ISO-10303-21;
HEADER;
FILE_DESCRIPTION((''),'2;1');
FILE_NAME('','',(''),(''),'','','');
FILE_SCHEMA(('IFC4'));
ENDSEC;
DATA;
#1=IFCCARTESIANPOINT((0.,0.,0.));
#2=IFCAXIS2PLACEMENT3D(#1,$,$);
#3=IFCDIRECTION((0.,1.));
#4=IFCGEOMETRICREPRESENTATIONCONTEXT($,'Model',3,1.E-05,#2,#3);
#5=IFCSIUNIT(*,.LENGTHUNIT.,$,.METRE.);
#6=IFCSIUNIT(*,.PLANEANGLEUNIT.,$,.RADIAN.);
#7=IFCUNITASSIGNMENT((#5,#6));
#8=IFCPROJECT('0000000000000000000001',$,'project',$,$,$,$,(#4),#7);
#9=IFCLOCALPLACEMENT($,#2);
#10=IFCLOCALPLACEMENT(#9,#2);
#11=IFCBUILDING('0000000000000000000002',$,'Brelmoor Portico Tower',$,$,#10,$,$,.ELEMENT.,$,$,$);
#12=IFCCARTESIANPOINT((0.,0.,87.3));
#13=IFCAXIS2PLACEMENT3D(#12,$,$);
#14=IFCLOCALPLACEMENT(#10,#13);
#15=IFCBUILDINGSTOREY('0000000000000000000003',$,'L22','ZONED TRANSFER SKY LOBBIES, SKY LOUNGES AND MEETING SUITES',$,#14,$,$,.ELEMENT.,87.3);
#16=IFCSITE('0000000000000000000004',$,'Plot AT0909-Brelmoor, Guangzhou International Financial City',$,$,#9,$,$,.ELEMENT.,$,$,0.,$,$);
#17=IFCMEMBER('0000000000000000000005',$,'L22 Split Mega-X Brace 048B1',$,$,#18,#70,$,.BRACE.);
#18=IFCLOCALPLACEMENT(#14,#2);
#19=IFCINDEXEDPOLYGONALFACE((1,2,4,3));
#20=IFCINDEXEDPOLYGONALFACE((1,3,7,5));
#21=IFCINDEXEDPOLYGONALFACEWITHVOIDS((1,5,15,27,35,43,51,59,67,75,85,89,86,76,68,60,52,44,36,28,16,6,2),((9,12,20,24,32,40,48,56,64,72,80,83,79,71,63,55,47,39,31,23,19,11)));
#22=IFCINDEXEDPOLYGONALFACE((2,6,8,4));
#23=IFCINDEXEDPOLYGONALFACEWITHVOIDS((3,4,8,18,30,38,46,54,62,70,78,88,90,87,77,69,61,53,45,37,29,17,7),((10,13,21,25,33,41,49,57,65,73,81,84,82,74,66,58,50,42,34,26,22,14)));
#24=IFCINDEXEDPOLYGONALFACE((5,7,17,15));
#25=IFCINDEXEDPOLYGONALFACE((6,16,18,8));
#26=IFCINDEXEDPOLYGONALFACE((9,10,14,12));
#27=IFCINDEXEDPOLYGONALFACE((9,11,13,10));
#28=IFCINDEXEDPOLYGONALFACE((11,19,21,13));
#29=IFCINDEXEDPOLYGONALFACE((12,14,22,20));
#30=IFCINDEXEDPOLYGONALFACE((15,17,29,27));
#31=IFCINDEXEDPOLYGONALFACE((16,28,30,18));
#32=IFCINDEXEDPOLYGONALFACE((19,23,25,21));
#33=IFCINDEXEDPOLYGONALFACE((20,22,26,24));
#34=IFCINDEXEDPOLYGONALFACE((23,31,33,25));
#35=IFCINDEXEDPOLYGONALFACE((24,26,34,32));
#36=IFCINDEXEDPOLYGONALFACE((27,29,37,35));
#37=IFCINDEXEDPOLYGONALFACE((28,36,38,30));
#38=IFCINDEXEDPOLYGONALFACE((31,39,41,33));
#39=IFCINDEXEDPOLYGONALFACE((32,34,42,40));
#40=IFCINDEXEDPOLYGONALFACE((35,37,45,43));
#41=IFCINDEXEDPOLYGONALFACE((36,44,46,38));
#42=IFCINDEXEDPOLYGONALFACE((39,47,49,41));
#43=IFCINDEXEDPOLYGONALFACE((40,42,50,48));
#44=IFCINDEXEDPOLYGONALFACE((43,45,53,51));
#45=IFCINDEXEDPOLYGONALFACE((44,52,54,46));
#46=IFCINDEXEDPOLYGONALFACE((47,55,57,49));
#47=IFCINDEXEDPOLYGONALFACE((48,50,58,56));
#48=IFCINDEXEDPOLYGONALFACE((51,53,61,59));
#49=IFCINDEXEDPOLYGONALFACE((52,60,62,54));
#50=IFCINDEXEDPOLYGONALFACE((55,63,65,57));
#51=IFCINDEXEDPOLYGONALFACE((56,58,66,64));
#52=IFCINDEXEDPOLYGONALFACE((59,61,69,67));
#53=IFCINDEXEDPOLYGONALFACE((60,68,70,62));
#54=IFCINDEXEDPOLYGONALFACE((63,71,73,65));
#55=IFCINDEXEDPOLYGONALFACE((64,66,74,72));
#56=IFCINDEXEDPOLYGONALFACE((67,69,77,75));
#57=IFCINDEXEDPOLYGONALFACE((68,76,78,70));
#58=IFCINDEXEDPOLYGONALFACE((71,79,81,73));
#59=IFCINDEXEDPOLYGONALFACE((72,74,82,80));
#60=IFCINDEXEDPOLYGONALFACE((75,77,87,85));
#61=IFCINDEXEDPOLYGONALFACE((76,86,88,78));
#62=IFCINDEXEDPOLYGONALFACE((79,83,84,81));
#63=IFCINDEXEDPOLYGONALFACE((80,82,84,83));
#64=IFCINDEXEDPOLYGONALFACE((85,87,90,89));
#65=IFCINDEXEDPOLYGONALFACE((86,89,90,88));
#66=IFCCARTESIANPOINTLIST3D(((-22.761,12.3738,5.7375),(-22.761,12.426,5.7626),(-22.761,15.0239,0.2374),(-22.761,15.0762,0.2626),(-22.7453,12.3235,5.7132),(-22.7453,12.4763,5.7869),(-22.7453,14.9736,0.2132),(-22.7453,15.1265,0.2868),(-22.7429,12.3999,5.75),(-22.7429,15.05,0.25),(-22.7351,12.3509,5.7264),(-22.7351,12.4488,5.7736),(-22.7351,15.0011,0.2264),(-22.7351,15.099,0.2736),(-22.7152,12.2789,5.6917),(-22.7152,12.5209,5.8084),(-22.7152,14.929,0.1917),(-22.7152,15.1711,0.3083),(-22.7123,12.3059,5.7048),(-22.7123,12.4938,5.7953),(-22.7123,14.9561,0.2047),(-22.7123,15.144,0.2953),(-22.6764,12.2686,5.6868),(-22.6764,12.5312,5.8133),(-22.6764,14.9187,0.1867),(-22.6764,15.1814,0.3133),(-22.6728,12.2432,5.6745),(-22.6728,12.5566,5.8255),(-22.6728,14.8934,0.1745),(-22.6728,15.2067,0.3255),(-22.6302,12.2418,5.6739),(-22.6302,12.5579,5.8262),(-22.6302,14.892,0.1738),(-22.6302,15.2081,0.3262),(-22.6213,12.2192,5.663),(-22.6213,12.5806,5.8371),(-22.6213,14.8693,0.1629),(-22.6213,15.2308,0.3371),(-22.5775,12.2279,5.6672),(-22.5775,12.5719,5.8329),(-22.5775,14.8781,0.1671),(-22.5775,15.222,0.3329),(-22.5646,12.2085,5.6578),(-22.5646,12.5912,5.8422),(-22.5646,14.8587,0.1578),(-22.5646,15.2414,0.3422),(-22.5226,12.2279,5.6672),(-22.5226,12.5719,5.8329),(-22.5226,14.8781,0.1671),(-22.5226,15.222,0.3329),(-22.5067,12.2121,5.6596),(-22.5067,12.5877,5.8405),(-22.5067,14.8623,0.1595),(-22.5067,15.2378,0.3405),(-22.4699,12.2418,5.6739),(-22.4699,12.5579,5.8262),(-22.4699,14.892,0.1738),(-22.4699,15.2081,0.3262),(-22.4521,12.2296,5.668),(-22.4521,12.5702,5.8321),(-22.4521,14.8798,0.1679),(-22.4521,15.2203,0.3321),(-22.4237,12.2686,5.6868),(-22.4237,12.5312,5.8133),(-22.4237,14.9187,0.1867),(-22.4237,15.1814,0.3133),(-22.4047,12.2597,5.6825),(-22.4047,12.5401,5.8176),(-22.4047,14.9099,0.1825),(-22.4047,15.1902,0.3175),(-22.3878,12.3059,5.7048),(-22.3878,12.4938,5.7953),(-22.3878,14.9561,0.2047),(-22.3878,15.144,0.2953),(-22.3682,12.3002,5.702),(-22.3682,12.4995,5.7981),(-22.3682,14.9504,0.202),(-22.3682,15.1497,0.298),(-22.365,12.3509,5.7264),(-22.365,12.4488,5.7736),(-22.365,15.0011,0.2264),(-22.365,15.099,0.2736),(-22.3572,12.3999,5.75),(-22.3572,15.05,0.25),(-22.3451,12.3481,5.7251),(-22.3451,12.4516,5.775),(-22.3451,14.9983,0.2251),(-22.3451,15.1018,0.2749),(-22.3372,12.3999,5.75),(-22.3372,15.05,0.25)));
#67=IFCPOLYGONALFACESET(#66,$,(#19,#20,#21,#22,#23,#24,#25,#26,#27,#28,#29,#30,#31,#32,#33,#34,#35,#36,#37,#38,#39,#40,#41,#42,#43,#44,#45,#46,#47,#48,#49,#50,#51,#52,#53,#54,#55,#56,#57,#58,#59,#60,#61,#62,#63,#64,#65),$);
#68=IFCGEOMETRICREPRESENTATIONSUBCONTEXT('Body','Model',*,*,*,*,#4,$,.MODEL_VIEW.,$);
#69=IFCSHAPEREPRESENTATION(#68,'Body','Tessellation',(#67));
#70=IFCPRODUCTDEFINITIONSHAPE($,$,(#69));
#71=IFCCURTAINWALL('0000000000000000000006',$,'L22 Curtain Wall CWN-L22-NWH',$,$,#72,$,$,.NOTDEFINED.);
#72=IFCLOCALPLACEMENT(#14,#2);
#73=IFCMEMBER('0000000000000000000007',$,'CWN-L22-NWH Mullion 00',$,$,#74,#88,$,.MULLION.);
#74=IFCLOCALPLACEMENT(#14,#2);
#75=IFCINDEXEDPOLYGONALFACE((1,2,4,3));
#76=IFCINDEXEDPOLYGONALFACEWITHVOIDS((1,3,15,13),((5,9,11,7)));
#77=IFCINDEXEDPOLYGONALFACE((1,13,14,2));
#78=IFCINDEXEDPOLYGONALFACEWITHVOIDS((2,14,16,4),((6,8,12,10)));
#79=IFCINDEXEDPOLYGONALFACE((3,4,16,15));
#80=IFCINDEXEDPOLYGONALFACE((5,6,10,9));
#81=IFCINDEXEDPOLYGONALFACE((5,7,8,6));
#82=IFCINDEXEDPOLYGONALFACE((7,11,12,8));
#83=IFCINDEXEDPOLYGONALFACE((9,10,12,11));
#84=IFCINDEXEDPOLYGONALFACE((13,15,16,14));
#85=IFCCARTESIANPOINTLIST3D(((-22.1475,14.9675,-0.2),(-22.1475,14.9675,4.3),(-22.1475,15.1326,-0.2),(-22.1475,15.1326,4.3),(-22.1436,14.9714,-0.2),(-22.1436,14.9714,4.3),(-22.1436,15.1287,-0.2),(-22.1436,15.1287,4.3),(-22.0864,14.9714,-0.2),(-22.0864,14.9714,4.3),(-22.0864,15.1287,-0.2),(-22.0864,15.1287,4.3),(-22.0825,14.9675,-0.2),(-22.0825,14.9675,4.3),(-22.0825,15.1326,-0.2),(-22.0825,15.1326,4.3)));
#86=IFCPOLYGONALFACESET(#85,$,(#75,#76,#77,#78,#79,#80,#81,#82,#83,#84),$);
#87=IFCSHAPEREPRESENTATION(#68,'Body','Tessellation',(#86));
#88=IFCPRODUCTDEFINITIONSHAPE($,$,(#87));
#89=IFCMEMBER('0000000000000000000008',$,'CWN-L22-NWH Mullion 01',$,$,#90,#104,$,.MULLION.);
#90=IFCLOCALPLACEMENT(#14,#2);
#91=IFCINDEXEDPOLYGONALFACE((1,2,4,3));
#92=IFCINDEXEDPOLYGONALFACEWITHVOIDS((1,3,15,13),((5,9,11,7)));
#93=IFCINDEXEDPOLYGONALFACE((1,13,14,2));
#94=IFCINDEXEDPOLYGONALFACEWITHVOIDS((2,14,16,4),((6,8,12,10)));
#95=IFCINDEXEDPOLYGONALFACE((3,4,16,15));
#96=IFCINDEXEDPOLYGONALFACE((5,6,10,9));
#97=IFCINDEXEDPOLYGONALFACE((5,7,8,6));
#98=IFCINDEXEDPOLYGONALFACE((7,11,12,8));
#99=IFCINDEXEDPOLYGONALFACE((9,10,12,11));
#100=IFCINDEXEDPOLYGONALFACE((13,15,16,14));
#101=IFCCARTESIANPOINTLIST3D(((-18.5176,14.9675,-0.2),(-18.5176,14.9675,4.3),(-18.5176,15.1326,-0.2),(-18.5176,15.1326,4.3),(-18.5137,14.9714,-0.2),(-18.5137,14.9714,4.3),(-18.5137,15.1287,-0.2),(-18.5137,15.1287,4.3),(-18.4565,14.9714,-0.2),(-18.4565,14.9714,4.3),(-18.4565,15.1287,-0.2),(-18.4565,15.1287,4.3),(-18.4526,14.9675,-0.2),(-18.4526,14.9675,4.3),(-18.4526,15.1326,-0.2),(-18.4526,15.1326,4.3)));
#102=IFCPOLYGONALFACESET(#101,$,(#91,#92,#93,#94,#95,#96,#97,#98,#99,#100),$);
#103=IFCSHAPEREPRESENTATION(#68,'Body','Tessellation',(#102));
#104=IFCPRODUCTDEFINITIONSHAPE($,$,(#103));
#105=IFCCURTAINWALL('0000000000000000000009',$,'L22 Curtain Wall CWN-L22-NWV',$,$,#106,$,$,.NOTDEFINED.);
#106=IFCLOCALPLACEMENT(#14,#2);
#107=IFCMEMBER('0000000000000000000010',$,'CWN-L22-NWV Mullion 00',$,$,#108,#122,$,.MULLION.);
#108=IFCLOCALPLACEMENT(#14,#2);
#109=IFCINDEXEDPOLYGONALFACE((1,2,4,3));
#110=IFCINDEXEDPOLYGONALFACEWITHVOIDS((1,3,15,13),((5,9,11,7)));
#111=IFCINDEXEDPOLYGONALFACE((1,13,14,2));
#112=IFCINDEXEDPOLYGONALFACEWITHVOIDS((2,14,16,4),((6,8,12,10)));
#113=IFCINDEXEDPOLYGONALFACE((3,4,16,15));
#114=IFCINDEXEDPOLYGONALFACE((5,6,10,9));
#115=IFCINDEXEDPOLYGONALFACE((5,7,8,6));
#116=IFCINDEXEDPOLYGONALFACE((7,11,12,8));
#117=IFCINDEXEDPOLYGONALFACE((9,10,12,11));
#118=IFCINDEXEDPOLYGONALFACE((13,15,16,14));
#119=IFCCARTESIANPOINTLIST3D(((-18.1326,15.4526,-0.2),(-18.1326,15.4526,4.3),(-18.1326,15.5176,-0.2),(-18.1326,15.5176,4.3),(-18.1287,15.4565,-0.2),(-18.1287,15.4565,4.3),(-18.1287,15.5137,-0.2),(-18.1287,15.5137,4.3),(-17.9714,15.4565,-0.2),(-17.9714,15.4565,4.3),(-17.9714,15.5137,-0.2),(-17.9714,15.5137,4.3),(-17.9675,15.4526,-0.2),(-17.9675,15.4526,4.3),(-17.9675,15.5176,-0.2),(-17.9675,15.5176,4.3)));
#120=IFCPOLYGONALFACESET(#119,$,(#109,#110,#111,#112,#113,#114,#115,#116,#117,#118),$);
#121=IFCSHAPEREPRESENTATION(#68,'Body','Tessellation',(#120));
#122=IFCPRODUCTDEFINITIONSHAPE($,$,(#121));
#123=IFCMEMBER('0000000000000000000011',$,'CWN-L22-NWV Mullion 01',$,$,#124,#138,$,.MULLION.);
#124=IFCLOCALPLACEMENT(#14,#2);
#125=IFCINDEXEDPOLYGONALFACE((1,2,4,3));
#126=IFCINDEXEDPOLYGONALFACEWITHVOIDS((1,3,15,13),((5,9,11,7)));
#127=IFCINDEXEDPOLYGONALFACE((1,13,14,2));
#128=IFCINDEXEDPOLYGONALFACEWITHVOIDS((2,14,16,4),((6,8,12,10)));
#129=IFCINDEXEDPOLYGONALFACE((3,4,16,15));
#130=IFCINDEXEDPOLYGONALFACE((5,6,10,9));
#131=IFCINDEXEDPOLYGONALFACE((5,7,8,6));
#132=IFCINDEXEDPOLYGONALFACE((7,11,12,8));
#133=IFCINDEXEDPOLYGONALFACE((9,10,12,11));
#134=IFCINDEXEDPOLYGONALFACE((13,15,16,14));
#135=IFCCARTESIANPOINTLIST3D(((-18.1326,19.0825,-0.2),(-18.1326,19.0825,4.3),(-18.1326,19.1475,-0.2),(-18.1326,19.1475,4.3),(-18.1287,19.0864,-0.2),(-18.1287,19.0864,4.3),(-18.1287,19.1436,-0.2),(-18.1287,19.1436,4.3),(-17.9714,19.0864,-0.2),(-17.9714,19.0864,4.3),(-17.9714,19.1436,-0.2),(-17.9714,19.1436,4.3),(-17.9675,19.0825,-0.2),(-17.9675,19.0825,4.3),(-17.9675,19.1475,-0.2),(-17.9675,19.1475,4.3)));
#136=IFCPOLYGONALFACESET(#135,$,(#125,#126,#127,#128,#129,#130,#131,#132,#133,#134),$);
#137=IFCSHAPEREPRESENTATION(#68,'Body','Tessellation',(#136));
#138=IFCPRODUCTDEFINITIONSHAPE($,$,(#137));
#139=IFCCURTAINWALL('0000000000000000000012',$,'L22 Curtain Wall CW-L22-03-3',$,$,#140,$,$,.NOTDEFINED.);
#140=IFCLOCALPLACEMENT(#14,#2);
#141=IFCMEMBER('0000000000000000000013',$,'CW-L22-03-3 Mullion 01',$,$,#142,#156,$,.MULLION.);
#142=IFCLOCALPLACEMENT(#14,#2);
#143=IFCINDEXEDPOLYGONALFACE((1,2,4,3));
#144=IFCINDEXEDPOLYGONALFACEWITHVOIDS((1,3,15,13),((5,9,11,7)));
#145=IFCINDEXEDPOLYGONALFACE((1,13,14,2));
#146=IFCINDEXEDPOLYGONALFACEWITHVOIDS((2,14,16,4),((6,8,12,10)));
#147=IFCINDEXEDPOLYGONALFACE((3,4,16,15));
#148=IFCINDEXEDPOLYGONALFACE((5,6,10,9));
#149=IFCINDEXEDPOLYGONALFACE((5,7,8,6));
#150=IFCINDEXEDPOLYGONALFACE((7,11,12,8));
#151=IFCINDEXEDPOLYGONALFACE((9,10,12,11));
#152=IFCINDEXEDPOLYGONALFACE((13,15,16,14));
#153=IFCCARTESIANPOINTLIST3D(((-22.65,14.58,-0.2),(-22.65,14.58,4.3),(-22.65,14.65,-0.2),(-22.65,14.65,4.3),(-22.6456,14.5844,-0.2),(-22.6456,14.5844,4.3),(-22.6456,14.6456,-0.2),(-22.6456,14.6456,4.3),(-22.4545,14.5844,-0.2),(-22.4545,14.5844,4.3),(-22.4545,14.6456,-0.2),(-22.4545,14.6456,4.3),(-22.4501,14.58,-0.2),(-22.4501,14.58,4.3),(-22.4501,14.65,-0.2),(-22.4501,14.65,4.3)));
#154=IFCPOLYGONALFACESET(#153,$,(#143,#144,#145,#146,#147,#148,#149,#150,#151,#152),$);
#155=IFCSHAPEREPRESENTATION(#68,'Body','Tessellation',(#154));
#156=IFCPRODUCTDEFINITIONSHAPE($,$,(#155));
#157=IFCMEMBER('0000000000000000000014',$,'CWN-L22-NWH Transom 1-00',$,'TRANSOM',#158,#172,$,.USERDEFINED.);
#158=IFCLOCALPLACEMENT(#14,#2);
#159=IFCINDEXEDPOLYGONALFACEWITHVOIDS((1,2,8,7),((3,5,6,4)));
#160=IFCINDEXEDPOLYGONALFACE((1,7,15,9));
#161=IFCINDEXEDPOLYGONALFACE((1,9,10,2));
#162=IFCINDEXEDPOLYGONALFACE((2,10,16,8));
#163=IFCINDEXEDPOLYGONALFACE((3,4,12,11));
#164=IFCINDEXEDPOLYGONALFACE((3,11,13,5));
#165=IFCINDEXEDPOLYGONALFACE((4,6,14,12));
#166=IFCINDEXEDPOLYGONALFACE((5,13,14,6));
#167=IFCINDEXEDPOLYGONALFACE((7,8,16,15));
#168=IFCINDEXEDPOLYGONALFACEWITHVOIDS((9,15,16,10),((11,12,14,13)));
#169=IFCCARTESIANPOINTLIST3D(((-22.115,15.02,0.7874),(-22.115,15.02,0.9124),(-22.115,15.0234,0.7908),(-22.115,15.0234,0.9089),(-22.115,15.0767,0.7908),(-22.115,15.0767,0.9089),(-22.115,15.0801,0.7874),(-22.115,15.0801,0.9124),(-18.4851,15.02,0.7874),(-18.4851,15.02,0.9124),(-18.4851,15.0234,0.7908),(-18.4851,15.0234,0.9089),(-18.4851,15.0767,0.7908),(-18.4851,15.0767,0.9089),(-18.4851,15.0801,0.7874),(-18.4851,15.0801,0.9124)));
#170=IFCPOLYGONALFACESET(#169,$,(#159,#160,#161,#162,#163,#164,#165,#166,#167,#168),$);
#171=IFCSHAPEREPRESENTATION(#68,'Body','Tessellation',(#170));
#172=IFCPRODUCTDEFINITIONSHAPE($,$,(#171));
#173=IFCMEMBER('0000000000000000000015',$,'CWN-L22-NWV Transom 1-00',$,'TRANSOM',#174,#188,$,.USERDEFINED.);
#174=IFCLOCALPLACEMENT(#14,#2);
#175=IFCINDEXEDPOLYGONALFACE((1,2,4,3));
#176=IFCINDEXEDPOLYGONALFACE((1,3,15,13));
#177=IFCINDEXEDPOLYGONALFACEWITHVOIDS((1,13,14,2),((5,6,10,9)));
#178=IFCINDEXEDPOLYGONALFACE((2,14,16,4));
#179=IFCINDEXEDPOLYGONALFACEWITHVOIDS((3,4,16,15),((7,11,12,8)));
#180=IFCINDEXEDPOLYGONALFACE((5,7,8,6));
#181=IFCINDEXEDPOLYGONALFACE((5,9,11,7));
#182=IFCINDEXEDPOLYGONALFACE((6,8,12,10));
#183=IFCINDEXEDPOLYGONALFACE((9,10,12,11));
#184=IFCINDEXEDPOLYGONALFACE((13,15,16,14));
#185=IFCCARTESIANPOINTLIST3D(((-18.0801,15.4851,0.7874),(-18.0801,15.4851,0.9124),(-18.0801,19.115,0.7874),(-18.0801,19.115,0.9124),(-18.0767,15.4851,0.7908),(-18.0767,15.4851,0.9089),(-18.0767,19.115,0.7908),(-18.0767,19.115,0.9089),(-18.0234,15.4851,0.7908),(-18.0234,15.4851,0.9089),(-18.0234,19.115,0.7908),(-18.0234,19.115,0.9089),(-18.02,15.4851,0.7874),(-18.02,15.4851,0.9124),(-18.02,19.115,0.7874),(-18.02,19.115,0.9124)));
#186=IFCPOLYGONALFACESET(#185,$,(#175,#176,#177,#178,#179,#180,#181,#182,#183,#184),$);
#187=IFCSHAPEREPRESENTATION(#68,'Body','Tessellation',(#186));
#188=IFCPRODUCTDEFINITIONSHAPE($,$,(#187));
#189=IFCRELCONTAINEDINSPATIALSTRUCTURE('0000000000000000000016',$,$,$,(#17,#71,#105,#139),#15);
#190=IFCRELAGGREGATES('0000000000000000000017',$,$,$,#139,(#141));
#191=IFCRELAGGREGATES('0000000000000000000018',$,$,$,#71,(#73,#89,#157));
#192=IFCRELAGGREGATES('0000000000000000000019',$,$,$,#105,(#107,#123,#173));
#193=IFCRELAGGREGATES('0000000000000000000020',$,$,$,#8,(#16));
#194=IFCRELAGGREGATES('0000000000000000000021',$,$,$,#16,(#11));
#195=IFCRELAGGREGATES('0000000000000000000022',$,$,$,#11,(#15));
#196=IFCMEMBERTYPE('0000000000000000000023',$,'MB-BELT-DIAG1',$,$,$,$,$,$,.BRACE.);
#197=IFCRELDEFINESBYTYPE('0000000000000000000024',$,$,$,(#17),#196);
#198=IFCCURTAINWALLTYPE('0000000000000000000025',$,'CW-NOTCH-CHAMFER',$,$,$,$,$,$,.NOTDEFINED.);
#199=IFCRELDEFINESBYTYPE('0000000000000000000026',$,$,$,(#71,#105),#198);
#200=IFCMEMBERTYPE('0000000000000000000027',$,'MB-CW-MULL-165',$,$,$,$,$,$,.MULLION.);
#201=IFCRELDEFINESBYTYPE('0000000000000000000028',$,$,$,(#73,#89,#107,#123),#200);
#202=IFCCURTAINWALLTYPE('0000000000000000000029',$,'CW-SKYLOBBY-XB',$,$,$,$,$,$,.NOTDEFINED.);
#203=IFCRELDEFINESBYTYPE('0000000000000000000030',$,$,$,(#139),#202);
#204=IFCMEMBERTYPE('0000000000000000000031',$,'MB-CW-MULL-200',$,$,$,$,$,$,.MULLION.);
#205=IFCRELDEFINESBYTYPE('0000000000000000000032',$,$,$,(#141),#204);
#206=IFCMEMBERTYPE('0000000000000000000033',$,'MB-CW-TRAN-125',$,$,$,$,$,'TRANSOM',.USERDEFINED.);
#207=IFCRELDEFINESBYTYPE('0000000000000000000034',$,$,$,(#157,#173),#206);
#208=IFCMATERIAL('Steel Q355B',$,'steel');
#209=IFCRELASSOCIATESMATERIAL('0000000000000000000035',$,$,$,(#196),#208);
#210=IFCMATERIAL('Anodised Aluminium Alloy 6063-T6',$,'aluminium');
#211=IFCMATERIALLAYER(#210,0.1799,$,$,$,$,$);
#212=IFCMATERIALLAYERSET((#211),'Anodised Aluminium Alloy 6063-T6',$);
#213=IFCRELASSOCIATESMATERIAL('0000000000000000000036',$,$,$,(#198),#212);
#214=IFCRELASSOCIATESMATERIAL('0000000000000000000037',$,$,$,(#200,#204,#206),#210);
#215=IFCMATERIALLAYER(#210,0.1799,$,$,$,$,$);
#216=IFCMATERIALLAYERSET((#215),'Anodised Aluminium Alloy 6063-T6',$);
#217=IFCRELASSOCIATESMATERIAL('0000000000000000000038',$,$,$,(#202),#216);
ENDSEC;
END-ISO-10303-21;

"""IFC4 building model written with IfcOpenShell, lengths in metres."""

from ifc_helpers import new_model, si_unit, direction, frame, origin, origin_2d, place, context, subcontext, project, spatial, hollow_rectangle, hollow_circle, extrude, material, layer, layer_set, material_profile, profile_set, type_object, element, aggregate, save


model = new_model("IFC4")

# Units and contexts
model_context = context("Model", 3, precision=1e-05, world=origin(), true_north=direction((0.0, 1.0)))
body_context = subcontext(model_context, "Body", "Model", "MODEL_VIEW")
ifc_project = project(units=[si_unit("LENGTHUNIT", "METRE"), si_unit("PLANEANGLEUNIT", "RADIAN")], contexts=[model_context])

# Site, building, storey
site_placement = place(None, origin())
site = spatial("IfcSite", under=ifc_project, at=site_placement, Name="Plot AT0909-Brelmoor, Guangzhou International Financial City", CompositionType="ELEMENT", RefElevation=0.0)
building_placement = place(site_placement, origin())
building = spatial("IfcBuilding", under=site, at=building_placement, Name="Brelmoor Portico Tower", CompositionType="ELEMENT")
storey_placement = place(building_placement, frame((0.0, 0.0, 87.3)))
storey = spatial("IfcBuildingStorey", under=building, at=storey_placement, Name="L22", Description="ZONED TRANSFER SKY LOBBIES, SKY LOUNGES AND MEETING SUITES", CompositionType="ELEMENT", Elevation=87.3)

# Shared definitions
ifc_material_1 = material(Name="Steel Q355B", Category="steel")

# Member
ifc_material_profile_1 = material_profile(ifc_material_1, hollow_circle(Radius=0.2129, WallThickness=0.02, at=origin_2d()), Name="CHS 426x20")
ifc_profile_set_1 = profile_set([ifc_material_profile_1], Name="Steel Q355B")
member_type_1 = type_object("IfcMemberType", Name="MB-BELT-DIAG1", PredefinedType="BRACE", material=ifc_profile_set_1)
member_1_placement = place(storey_placement, frame((-22.55, 15.05, 0.25), z_axis=(0.0, -0.434081, 0.900874), x_axis=(1.0, 0.0, 0.0)))
element("IfcMember", 1, at=member_1_placement, inside=storey, type_object=member_type_1, Name="L22 Split Mega-X Brace 048B1", PredefinedType="BRACE", context=body_context, shape_type="SweptSolid", body=[
    extrude(hollow_circle(Radius=0.2129, WallThickness=0.02, at=origin_2d()), origin(), (0.0, 0.0, 1.0), 6.1052),
])

# Curtain walls, members
ifc_material_2 = material(Name="Anodised Aluminium Alloy 6063-T6", Category="aluminium")
ifc_layer_1 = layer(ifc_material_2, 0.1799)
ifc_layer_set_1 = layer_set([ifc_layer_1], Name="Anodised Aluminium Alloy 6063-T6")
curtain_wall_type_1 = type_object("IfcCurtainWallType", Name="CW-NOTCH-CHAMFER", PredefinedType="NOTDEFINED", material=ifc_layer_set_1)
curtain_wall_1_placement = place(storey_placement, origin())
curtain_wall_1 = element("IfcCurtainWall", 2, at=curtain_wall_1_placement, inside=storey, type_object=curtain_wall_type_1, Name="L22 Curtain Wall CWN-L22-NWH", PredefinedType="NOTDEFINED")
ifc_material_profile_2 = material_profile(ifc_material_2, hollow_rectangle(XDim=0.0649, YDim=0.165, WallThickness=0.0039, at=origin_2d()), Name="ALU MULLION 65x165")
ifc_profile_set_2 = profile_set([ifc_material_profile_2], Name="Anodised Aluminium Alloy 6063-T6")
member_type_2 = type_object("IfcMemberType", Name="MB-CW-MULL-165", PredefinedType="MULLION", material=ifc_profile_set_2)
member_2_placement = place(storey_placement, frame((-22.115, 15.05, -0.2), z_axis=(0.0, 0.0, 1.0), x_axis=(1.0, 0.0, 0.0)))
member_2 = element("IfcMember", 3, at=member_2_placement, type_object=member_type_2, Name="CWN-L22-NWH Mullion 00", PredefinedType="MULLION", context=body_context, shape_type="SweptSolid", body=[
    extrude(hollow_rectangle(XDim=0.0649, YDim=0.165, WallThickness=0.0039, at=origin_2d()), origin(), (0.0, 0.0, 1.0), 4.5),
])
member_3_placement = place(storey_placement, frame((-18.4851, 15.05, -0.2), z_axis=(0.0, 0.0, 1.0), x_axis=(1.0, 0.0, 0.0)))
member_3 = element("IfcMember", 4, at=member_3_placement, type_object=member_type_2, Name="CWN-L22-NWH Mullion 01", PredefinedType="MULLION", context=body_context, shape_type="SweptSolid", body=[
    extrude(hollow_rectangle(XDim=0.0649, YDim=0.165, WallThickness=0.0039, at=origin_2d()), origin(), (0.0, 0.0, 1.0), 4.5),
])
curtain_wall_2_placement = place(storey_placement, origin())
curtain_wall_2 = element("IfcCurtainWall", 5, at=curtain_wall_2_placement, inside=storey, type_object=curtain_wall_type_1, Name="L22 Curtain Wall CWN-L22-NWV", PredefinedType="NOTDEFINED")
member_4_placement = place(storey_placement, frame((-18.05, 15.4851, -0.2), z_axis=(0.0, 0.0, 1.0), x_axis=(0.0, 1.0, 0.0)))
member_4 = element("IfcMember", 6, at=member_4_placement, type_object=member_type_2, Name="CWN-L22-NWV Mullion 00", PredefinedType="MULLION", context=body_context, shape_type="SweptSolid", body=[
    extrude(hollow_rectangle(XDim=0.0649, YDim=0.165, WallThickness=0.0039, at=origin_2d()), origin(), (0.0, 0.0, 1.0), 4.5),
])
member_5_placement = place(storey_placement, frame((-18.05, 19.115, -0.2), z_axis=(0.0, 0.0, 1.0), x_axis=(0.0, 1.0, 0.0)))
member_5 = element("IfcMember", 7, at=member_5_placement, type_object=member_type_2, Name="CWN-L22-NWV Mullion 01", PredefinedType="MULLION", context=body_context, shape_type="SweptSolid", body=[
    extrude(hollow_rectangle(XDim=0.0649, YDim=0.165, WallThickness=0.0039, at=origin_2d()), origin(), (0.0, 0.0, 1.0), 4.5),
])

# Curtain wall, member
ifc_layer_2 = layer(ifc_material_2, 0.1799)
ifc_layer_set_2 = layer_set([ifc_layer_2], Name="Anodised Aluminium Alloy 6063-T6")
curtain_wall_type_2 = type_object("IfcCurtainWallType", Name="CW-SKYLOBBY-XB", PredefinedType="NOTDEFINED", material=ifc_layer_set_2)
curtain_wall_3_placement = place(storey_placement, origin())
curtain_wall_3 = element("IfcCurtainWall", 8, at=curtain_wall_3_placement, inside=storey, type_object=curtain_wall_type_2, Name="L22 Curtain Wall CW-L22-03-3", PredefinedType="NOTDEFINED")
ifc_material_profile_3 = material_profile(ifc_material_2, hollow_rectangle(XDim=0.0701, YDim=0.2, WallThickness=0.0044, at=origin_2d()), Name="ALU MULLION 70x200")
ifc_profile_set_3 = profile_set([ifc_material_profile_3], Name="Anodised Aluminium Alloy 6063-T6")
member_type_3 = type_object("IfcMemberType", Name="MB-CW-MULL-200", PredefinedType="MULLION", material=ifc_profile_set_3)
member_6_placement = place(storey_placement, frame((-22.55, 14.615, -0.2), z_axis=(0.0, 0.0, 1.0), x_axis=(0.0, 1.0, 0.0)))
member_6 = element("IfcMember", 9, at=member_6_placement, type_object=member_type_3, Name="CW-L22-03-3 Mullion 01", PredefinedType="MULLION", context=body_context, shape_type="SweptSolid", body=[
    extrude(hollow_rectangle(XDim=0.0701, YDim=0.2, WallThickness=0.0044, at=origin_2d()), origin(), (0.0, 0.0, 1.0), 4.5),
])
aggregate(curtain_wall_3, [member_6])

# Members
ifc_material_profile_4 = material_profile(ifc_material_2, hollow_rectangle(XDim=0.0601, YDim=0.125, WallThickness=0.0034, at=origin_2d()), Name="ALU TRANSOM 60x125")
ifc_profile_set_4 = profile_set([ifc_material_profile_4], Name="Anodised Aluminium Alloy 6063-T6")
member_type_4 = type_object("IfcMemberType", Name="MB-CW-TRAN-125", ElementType="TRANSOM", PredefinedType="USERDEFINED", material=ifc_profile_set_4)
member_7_placement = place(storey_placement, frame((-22.115, 15.05, 0.8499), z_axis=(1.0, 0.0, 0.0), x_axis=(0.0, 1.0, 0.0)))
member_7 = element("IfcMember", 10, at=member_7_placement, type_object=member_type_4, Name="CWN-L22-NWH Transom 1-00", ObjectType="TRANSOM", PredefinedType="USERDEFINED", context=body_context, shape_type="SweptSolid", body=[
    extrude(hollow_rectangle(XDim=0.0601, YDim=0.125, WallThickness=0.0034, at=origin_2d()), origin(), (0.0, 0.0, 1.0), 3.6299),
])
member_8_placement = place(storey_placement, frame((-18.05, 15.4851, 0.8499), z_axis=(0.0, 1.0, 0.0), x_axis=(-1.0, 0.0, 0.0)))
member_8 = element("IfcMember", 11, at=member_8_placement, type_object=member_type_4, Name="CWN-L22-NWV Transom 1-00", ObjectType="TRANSOM", PredefinedType="USERDEFINED", context=body_context, shape_type="SweptSolid", body=[
    extrude(hollow_rectangle(XDim=0.0601, YDim=0.125, WallThickness=0.0034, at=origin_2d()), origin(), (0.0, 0.0, 1.0), 3.6299),
])

aggregate(curtain_wall_1, [member_2, member_3, member_7])
aggregate(curtain_wall_2, [member_4, member_5, member_8])

save(model, "model.ifc")
